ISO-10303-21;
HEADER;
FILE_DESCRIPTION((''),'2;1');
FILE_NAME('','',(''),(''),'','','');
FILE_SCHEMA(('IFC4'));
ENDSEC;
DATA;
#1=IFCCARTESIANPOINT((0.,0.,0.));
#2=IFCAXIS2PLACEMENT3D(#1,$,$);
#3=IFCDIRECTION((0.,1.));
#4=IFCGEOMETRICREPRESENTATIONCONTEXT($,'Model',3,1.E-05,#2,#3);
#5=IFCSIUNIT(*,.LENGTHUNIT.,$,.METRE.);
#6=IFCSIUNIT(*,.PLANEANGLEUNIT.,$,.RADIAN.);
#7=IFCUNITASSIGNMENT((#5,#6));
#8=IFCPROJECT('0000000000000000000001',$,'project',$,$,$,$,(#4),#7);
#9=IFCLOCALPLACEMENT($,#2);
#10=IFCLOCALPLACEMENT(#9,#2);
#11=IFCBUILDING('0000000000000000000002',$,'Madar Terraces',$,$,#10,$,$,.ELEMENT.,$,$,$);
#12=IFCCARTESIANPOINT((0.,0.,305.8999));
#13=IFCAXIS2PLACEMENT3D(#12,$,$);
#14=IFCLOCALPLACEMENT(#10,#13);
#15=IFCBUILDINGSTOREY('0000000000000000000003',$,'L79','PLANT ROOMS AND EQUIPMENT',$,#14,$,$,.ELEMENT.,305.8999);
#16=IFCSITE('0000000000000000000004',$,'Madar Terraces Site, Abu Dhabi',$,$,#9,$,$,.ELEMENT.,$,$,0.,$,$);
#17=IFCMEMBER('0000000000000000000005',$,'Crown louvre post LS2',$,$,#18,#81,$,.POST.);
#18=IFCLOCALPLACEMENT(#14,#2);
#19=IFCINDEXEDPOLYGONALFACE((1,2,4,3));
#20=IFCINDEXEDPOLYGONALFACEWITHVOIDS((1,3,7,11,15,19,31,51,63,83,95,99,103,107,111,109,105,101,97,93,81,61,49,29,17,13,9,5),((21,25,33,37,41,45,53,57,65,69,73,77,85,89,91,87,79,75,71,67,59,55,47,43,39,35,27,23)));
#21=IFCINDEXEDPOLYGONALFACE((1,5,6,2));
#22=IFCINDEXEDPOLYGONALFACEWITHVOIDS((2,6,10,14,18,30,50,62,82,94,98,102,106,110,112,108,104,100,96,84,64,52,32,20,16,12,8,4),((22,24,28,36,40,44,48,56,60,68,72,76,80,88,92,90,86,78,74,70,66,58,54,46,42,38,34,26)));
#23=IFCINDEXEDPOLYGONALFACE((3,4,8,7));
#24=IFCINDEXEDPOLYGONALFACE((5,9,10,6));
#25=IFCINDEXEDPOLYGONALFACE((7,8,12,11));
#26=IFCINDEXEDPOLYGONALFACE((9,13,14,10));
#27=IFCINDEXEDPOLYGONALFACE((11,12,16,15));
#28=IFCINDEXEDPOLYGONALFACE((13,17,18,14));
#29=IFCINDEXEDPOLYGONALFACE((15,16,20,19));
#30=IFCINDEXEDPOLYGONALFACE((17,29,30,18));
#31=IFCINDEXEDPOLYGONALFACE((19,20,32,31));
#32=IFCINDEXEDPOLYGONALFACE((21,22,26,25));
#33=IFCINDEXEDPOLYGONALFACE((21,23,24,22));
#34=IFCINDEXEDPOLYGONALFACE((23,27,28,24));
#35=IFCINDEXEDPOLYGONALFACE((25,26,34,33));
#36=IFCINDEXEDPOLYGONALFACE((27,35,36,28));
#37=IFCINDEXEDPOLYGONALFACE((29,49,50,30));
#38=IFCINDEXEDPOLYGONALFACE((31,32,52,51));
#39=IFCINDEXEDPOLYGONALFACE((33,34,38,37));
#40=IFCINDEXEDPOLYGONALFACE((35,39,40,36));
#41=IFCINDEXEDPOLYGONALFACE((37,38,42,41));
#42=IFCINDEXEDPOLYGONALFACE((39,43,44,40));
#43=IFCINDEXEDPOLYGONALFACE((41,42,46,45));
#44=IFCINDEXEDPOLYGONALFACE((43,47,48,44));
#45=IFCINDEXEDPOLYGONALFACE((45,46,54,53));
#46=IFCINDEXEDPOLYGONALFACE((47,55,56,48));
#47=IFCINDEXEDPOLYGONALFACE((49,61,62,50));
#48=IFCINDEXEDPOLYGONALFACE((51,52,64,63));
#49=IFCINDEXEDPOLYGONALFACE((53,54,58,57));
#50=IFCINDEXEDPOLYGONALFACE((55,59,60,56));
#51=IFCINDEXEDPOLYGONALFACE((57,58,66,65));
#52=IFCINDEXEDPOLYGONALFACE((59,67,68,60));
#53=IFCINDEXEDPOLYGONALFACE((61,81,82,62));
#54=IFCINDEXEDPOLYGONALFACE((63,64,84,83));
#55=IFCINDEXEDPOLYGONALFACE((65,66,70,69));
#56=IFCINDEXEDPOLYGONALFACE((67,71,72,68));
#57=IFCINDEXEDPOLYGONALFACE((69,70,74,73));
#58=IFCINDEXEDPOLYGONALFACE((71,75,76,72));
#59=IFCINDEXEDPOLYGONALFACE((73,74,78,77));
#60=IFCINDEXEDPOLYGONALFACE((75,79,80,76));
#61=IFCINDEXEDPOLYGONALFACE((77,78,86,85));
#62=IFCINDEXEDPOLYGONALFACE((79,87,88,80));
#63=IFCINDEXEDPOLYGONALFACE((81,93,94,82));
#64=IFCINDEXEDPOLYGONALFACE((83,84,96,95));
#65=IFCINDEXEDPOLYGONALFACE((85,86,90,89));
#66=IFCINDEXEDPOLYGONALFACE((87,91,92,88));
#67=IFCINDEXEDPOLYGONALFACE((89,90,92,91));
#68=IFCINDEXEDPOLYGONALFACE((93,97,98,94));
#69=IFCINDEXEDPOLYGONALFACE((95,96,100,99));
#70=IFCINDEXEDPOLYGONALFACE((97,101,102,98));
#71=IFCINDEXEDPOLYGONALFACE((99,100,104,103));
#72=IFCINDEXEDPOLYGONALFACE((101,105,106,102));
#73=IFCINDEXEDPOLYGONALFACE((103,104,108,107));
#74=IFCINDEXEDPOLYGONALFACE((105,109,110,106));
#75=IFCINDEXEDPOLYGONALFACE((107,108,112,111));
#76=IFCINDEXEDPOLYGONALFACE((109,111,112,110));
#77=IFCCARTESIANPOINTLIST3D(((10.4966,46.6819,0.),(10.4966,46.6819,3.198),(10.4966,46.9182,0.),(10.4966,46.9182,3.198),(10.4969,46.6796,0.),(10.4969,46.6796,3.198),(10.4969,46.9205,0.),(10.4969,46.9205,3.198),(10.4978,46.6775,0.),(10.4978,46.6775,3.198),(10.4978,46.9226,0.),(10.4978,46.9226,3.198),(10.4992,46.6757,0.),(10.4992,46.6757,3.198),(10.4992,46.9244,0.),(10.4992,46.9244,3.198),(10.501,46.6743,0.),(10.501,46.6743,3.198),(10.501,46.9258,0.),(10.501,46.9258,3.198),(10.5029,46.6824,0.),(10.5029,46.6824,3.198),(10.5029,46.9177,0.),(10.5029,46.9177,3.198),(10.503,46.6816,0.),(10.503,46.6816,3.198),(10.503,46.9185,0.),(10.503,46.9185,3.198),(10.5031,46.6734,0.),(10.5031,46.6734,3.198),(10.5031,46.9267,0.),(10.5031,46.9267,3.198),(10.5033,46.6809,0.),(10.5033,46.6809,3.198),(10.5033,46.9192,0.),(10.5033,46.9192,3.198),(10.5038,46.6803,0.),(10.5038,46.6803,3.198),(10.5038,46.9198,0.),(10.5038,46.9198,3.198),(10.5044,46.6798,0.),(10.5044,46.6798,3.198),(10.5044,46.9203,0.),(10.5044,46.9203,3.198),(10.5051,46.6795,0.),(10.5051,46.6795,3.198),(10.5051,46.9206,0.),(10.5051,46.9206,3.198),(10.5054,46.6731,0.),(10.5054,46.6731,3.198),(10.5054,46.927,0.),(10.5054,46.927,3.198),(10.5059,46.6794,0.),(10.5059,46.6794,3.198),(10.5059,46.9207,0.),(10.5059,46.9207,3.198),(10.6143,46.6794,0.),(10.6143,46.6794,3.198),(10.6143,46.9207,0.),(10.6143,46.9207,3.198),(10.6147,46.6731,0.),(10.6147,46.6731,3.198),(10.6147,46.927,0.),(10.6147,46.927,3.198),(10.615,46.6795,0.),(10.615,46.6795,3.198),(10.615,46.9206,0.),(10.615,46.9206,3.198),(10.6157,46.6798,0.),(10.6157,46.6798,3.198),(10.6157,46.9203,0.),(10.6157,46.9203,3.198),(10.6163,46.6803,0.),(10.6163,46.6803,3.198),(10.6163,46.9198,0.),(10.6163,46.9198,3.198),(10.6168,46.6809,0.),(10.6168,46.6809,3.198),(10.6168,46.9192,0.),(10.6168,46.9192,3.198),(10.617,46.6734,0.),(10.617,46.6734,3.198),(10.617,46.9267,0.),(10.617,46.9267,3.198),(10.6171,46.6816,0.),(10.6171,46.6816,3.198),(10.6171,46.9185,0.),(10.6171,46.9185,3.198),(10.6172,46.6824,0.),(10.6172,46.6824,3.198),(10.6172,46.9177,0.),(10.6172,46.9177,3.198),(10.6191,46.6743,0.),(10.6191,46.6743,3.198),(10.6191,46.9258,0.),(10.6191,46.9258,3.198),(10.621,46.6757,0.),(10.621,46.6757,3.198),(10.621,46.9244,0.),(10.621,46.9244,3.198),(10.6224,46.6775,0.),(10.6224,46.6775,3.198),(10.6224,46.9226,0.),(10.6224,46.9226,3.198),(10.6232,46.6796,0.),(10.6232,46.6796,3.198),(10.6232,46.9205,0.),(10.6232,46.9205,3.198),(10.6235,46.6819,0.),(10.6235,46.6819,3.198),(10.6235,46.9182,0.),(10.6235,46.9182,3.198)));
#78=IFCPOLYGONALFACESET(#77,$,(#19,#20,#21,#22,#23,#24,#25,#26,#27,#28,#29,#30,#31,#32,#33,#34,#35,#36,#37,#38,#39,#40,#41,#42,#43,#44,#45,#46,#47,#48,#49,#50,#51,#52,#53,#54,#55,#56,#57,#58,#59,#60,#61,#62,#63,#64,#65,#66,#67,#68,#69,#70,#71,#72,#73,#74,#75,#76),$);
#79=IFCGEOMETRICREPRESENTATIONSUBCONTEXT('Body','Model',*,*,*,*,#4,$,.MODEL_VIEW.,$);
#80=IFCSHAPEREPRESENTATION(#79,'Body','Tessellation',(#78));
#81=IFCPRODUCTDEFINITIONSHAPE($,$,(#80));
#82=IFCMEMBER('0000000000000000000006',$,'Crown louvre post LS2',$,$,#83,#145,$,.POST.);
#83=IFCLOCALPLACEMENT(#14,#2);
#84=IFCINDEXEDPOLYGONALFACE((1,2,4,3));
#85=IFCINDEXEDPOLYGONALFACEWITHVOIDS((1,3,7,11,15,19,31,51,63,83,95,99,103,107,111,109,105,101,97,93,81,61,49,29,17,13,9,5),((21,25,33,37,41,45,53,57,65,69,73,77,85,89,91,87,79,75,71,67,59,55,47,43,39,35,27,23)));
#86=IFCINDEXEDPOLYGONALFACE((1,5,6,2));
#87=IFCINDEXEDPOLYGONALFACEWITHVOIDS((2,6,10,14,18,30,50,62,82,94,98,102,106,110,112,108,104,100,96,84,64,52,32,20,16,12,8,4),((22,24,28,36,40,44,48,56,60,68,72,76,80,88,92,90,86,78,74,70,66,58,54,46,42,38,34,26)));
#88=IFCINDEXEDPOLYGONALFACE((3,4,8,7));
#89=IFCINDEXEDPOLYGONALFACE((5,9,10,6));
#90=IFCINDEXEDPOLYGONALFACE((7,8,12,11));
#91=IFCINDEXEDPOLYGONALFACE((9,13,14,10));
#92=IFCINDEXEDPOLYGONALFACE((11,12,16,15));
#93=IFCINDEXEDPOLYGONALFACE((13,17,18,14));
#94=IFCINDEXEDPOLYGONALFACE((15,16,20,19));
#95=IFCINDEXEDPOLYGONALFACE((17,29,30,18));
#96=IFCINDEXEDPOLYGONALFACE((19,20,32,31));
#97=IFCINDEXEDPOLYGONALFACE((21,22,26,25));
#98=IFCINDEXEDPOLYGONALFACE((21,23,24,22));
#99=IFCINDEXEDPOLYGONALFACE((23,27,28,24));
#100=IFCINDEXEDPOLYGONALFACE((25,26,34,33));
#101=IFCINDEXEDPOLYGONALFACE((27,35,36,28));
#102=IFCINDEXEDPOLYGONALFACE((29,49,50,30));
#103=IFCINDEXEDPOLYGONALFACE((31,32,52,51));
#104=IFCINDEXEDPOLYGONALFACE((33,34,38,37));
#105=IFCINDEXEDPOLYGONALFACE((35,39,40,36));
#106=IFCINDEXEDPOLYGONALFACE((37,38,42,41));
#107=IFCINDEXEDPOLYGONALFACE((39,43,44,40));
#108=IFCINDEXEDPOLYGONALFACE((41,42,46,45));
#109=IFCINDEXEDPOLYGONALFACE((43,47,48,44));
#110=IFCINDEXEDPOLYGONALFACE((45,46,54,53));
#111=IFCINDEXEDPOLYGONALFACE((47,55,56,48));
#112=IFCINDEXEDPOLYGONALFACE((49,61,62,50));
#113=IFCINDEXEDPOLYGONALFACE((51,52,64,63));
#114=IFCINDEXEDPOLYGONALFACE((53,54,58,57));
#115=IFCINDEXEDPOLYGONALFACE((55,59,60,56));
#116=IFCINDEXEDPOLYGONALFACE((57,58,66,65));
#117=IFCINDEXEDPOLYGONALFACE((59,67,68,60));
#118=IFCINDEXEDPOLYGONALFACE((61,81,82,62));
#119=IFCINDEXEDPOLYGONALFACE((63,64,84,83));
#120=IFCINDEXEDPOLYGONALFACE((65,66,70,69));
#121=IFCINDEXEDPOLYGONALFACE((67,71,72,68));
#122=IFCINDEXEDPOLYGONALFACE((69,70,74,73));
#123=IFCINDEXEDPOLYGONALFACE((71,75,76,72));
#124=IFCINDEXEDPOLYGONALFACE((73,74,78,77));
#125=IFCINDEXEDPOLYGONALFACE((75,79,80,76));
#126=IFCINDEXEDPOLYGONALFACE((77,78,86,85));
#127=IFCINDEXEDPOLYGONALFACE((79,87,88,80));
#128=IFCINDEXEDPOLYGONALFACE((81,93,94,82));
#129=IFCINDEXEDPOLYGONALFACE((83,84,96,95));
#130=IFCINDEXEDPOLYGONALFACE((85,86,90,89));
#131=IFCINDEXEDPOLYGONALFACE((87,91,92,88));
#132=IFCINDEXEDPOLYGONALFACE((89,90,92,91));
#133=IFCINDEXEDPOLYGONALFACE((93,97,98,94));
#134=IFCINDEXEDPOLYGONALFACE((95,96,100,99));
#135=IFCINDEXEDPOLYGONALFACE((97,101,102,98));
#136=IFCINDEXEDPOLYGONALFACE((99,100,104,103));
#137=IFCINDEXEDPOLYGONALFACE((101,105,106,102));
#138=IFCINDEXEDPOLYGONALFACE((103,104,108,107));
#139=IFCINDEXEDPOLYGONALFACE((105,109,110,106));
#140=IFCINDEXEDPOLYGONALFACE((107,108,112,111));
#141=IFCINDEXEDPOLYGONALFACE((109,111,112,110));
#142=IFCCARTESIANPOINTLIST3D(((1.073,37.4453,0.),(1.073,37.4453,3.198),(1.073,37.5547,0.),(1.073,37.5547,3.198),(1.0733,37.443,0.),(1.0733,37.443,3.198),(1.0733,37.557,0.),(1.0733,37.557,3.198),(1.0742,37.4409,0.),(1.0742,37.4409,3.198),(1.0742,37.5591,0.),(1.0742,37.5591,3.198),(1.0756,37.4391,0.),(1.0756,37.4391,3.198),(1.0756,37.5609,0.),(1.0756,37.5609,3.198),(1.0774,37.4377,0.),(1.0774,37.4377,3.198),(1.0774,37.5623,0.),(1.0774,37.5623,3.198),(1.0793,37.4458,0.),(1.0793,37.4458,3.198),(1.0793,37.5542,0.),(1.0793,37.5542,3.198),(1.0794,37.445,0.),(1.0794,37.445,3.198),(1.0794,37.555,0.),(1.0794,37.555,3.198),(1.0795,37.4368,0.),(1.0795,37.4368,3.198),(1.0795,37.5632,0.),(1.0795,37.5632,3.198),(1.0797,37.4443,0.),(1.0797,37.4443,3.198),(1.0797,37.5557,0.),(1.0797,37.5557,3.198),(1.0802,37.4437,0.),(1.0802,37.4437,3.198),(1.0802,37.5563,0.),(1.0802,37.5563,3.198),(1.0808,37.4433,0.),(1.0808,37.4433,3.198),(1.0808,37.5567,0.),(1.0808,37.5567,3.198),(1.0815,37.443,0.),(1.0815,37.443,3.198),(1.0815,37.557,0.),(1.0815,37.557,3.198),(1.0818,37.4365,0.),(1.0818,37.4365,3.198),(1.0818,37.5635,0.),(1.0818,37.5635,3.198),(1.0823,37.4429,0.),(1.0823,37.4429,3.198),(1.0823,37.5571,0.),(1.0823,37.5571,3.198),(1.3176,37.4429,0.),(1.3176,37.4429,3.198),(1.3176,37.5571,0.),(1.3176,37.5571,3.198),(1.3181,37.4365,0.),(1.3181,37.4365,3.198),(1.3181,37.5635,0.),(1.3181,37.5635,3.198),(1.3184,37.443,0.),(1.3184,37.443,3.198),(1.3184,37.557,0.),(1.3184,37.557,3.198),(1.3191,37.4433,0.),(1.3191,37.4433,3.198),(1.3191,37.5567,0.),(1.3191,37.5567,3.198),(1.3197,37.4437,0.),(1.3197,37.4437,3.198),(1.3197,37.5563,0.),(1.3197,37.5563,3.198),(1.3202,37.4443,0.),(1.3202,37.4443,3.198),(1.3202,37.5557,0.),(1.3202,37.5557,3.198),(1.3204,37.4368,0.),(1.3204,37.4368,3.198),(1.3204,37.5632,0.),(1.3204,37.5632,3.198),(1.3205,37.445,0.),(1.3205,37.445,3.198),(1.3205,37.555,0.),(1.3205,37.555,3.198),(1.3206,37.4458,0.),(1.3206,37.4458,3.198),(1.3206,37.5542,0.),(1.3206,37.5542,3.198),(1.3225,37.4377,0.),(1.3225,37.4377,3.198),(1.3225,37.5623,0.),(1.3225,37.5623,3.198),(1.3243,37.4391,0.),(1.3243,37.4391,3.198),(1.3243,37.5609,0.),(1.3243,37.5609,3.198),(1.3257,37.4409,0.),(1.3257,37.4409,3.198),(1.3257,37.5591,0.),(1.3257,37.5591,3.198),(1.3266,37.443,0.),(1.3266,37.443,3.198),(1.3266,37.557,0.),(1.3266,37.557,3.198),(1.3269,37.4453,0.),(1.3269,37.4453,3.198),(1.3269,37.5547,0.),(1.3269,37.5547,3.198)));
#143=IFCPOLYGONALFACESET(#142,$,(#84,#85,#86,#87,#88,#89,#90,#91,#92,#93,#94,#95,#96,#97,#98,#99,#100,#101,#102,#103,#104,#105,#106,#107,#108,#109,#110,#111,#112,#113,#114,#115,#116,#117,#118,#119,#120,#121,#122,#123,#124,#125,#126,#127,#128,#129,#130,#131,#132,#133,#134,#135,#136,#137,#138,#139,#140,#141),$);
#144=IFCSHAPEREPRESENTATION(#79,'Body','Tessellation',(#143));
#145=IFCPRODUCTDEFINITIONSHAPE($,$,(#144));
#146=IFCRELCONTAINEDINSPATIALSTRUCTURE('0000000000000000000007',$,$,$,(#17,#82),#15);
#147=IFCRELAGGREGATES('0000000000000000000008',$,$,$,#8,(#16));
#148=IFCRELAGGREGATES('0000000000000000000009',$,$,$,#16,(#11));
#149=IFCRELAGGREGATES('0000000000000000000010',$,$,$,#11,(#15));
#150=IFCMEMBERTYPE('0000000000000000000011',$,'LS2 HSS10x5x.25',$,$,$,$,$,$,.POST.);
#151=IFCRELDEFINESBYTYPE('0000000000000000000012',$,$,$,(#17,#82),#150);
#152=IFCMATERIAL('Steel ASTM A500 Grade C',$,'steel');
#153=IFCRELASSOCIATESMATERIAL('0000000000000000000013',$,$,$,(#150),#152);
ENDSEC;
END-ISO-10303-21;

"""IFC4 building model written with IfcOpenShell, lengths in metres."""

from ifc_helpers import new_model, si_unit, direction, frame, origin, origin_2d, place, context, subcontext, project, spatial, hollow_rectangle, extrude, material, material_profile, profile_set, type_object, element, save


model = new_model("IFC4")

# Units and contexts
model_context = context("Model", 3, precision=1e-05, world=origin(), true_north=direction((0.0, 1.0)))
body_context = subcontext(model_context, "Body", "Model", "MODEL_VIEW")
ifc_project = project(units=[si_unit("LENGTHUNIT", "METRE"), si_unit("PLANEANGLEUNIT", "RADIAN")], contexts=[model_context])

# Site, building, storey
site_placement = place(None, origin())
site = spatial("IfcSite", under=ifc_project, at=site_placement, Name="Madar Terraces Site, Abu Dhabi", CompositionType="ELEMENT", RefElevation=0.0)
building_placement = place(site_placement, origin())
building = spatial("IfcBuilding", under=site, at=building_placement, Name="Madar Terraces", CompositionType="ELEMENT")
storey_placement = place(building_placement, frame((0.0, 0.0, 305.8999)))
storey = spatial("IfcBuildingStorey", under=building, at=storey_placement, Name="L79", Description="PLANT ROOMS AND EQUIPMENT", CompositionType="ELEMENT", Elevation=305.8999)

# Members
ifc_material_1 = material(Name="Steel ASTM A500 Grade C", Category="steel")
ifc_material_profile_1 = material_profile(ifc_material_1, hollow_rectangle(XDim=0.127, YDim=0.2539, WallThickness=0.0063, InnerFilletRadius=0.0029, OuterFilletRadius=0.0088, at=origin_2d()), Name="HSS10x5x.25")
ifc_profile_set_1 = profile_set([ifc_material_profile_1], Name="Steel ASTM A500 Grade C")
member_type_1 = type_object("IfcMemberType", Name="LS2 HSS10x5x.25", PredefinedType="POST", material=ifc_profile_set_1)
for number, where, z_axis, x_axis, name in (
    (1, (10.5601, 46.8, 0.0), (0.0, 0.0, 1.0), (-1.0, 0.0, 0.0), "Crown louvre post LS2"),
    (2, (1.2, 37.5, 0.0), (0.0, 0.0, 1.0), (0.0, -1.0, 0.0), "Crown louvre post LS2"),
):
    element("IfcMember", number, at=place(storey_placement, frame(where, z_axis=z_axis, x_axis=x_axis)), inside=storey, type_object=member_type_1, Name=name, PredefinedType="POST", context=body_context, shape_type="SweptSolid", body=[
        extrude(hollow_rectangle(XDim=0.127, YDim=0.2539, WallThickness=0.0063, InnerFilletRadius=0.0029, OuterFilletRadius=0.0088, at=origin_2d()), origin(), (0.0, 0.0, 1.0), 3.198),
    ])

save(model, "model.ifc")
